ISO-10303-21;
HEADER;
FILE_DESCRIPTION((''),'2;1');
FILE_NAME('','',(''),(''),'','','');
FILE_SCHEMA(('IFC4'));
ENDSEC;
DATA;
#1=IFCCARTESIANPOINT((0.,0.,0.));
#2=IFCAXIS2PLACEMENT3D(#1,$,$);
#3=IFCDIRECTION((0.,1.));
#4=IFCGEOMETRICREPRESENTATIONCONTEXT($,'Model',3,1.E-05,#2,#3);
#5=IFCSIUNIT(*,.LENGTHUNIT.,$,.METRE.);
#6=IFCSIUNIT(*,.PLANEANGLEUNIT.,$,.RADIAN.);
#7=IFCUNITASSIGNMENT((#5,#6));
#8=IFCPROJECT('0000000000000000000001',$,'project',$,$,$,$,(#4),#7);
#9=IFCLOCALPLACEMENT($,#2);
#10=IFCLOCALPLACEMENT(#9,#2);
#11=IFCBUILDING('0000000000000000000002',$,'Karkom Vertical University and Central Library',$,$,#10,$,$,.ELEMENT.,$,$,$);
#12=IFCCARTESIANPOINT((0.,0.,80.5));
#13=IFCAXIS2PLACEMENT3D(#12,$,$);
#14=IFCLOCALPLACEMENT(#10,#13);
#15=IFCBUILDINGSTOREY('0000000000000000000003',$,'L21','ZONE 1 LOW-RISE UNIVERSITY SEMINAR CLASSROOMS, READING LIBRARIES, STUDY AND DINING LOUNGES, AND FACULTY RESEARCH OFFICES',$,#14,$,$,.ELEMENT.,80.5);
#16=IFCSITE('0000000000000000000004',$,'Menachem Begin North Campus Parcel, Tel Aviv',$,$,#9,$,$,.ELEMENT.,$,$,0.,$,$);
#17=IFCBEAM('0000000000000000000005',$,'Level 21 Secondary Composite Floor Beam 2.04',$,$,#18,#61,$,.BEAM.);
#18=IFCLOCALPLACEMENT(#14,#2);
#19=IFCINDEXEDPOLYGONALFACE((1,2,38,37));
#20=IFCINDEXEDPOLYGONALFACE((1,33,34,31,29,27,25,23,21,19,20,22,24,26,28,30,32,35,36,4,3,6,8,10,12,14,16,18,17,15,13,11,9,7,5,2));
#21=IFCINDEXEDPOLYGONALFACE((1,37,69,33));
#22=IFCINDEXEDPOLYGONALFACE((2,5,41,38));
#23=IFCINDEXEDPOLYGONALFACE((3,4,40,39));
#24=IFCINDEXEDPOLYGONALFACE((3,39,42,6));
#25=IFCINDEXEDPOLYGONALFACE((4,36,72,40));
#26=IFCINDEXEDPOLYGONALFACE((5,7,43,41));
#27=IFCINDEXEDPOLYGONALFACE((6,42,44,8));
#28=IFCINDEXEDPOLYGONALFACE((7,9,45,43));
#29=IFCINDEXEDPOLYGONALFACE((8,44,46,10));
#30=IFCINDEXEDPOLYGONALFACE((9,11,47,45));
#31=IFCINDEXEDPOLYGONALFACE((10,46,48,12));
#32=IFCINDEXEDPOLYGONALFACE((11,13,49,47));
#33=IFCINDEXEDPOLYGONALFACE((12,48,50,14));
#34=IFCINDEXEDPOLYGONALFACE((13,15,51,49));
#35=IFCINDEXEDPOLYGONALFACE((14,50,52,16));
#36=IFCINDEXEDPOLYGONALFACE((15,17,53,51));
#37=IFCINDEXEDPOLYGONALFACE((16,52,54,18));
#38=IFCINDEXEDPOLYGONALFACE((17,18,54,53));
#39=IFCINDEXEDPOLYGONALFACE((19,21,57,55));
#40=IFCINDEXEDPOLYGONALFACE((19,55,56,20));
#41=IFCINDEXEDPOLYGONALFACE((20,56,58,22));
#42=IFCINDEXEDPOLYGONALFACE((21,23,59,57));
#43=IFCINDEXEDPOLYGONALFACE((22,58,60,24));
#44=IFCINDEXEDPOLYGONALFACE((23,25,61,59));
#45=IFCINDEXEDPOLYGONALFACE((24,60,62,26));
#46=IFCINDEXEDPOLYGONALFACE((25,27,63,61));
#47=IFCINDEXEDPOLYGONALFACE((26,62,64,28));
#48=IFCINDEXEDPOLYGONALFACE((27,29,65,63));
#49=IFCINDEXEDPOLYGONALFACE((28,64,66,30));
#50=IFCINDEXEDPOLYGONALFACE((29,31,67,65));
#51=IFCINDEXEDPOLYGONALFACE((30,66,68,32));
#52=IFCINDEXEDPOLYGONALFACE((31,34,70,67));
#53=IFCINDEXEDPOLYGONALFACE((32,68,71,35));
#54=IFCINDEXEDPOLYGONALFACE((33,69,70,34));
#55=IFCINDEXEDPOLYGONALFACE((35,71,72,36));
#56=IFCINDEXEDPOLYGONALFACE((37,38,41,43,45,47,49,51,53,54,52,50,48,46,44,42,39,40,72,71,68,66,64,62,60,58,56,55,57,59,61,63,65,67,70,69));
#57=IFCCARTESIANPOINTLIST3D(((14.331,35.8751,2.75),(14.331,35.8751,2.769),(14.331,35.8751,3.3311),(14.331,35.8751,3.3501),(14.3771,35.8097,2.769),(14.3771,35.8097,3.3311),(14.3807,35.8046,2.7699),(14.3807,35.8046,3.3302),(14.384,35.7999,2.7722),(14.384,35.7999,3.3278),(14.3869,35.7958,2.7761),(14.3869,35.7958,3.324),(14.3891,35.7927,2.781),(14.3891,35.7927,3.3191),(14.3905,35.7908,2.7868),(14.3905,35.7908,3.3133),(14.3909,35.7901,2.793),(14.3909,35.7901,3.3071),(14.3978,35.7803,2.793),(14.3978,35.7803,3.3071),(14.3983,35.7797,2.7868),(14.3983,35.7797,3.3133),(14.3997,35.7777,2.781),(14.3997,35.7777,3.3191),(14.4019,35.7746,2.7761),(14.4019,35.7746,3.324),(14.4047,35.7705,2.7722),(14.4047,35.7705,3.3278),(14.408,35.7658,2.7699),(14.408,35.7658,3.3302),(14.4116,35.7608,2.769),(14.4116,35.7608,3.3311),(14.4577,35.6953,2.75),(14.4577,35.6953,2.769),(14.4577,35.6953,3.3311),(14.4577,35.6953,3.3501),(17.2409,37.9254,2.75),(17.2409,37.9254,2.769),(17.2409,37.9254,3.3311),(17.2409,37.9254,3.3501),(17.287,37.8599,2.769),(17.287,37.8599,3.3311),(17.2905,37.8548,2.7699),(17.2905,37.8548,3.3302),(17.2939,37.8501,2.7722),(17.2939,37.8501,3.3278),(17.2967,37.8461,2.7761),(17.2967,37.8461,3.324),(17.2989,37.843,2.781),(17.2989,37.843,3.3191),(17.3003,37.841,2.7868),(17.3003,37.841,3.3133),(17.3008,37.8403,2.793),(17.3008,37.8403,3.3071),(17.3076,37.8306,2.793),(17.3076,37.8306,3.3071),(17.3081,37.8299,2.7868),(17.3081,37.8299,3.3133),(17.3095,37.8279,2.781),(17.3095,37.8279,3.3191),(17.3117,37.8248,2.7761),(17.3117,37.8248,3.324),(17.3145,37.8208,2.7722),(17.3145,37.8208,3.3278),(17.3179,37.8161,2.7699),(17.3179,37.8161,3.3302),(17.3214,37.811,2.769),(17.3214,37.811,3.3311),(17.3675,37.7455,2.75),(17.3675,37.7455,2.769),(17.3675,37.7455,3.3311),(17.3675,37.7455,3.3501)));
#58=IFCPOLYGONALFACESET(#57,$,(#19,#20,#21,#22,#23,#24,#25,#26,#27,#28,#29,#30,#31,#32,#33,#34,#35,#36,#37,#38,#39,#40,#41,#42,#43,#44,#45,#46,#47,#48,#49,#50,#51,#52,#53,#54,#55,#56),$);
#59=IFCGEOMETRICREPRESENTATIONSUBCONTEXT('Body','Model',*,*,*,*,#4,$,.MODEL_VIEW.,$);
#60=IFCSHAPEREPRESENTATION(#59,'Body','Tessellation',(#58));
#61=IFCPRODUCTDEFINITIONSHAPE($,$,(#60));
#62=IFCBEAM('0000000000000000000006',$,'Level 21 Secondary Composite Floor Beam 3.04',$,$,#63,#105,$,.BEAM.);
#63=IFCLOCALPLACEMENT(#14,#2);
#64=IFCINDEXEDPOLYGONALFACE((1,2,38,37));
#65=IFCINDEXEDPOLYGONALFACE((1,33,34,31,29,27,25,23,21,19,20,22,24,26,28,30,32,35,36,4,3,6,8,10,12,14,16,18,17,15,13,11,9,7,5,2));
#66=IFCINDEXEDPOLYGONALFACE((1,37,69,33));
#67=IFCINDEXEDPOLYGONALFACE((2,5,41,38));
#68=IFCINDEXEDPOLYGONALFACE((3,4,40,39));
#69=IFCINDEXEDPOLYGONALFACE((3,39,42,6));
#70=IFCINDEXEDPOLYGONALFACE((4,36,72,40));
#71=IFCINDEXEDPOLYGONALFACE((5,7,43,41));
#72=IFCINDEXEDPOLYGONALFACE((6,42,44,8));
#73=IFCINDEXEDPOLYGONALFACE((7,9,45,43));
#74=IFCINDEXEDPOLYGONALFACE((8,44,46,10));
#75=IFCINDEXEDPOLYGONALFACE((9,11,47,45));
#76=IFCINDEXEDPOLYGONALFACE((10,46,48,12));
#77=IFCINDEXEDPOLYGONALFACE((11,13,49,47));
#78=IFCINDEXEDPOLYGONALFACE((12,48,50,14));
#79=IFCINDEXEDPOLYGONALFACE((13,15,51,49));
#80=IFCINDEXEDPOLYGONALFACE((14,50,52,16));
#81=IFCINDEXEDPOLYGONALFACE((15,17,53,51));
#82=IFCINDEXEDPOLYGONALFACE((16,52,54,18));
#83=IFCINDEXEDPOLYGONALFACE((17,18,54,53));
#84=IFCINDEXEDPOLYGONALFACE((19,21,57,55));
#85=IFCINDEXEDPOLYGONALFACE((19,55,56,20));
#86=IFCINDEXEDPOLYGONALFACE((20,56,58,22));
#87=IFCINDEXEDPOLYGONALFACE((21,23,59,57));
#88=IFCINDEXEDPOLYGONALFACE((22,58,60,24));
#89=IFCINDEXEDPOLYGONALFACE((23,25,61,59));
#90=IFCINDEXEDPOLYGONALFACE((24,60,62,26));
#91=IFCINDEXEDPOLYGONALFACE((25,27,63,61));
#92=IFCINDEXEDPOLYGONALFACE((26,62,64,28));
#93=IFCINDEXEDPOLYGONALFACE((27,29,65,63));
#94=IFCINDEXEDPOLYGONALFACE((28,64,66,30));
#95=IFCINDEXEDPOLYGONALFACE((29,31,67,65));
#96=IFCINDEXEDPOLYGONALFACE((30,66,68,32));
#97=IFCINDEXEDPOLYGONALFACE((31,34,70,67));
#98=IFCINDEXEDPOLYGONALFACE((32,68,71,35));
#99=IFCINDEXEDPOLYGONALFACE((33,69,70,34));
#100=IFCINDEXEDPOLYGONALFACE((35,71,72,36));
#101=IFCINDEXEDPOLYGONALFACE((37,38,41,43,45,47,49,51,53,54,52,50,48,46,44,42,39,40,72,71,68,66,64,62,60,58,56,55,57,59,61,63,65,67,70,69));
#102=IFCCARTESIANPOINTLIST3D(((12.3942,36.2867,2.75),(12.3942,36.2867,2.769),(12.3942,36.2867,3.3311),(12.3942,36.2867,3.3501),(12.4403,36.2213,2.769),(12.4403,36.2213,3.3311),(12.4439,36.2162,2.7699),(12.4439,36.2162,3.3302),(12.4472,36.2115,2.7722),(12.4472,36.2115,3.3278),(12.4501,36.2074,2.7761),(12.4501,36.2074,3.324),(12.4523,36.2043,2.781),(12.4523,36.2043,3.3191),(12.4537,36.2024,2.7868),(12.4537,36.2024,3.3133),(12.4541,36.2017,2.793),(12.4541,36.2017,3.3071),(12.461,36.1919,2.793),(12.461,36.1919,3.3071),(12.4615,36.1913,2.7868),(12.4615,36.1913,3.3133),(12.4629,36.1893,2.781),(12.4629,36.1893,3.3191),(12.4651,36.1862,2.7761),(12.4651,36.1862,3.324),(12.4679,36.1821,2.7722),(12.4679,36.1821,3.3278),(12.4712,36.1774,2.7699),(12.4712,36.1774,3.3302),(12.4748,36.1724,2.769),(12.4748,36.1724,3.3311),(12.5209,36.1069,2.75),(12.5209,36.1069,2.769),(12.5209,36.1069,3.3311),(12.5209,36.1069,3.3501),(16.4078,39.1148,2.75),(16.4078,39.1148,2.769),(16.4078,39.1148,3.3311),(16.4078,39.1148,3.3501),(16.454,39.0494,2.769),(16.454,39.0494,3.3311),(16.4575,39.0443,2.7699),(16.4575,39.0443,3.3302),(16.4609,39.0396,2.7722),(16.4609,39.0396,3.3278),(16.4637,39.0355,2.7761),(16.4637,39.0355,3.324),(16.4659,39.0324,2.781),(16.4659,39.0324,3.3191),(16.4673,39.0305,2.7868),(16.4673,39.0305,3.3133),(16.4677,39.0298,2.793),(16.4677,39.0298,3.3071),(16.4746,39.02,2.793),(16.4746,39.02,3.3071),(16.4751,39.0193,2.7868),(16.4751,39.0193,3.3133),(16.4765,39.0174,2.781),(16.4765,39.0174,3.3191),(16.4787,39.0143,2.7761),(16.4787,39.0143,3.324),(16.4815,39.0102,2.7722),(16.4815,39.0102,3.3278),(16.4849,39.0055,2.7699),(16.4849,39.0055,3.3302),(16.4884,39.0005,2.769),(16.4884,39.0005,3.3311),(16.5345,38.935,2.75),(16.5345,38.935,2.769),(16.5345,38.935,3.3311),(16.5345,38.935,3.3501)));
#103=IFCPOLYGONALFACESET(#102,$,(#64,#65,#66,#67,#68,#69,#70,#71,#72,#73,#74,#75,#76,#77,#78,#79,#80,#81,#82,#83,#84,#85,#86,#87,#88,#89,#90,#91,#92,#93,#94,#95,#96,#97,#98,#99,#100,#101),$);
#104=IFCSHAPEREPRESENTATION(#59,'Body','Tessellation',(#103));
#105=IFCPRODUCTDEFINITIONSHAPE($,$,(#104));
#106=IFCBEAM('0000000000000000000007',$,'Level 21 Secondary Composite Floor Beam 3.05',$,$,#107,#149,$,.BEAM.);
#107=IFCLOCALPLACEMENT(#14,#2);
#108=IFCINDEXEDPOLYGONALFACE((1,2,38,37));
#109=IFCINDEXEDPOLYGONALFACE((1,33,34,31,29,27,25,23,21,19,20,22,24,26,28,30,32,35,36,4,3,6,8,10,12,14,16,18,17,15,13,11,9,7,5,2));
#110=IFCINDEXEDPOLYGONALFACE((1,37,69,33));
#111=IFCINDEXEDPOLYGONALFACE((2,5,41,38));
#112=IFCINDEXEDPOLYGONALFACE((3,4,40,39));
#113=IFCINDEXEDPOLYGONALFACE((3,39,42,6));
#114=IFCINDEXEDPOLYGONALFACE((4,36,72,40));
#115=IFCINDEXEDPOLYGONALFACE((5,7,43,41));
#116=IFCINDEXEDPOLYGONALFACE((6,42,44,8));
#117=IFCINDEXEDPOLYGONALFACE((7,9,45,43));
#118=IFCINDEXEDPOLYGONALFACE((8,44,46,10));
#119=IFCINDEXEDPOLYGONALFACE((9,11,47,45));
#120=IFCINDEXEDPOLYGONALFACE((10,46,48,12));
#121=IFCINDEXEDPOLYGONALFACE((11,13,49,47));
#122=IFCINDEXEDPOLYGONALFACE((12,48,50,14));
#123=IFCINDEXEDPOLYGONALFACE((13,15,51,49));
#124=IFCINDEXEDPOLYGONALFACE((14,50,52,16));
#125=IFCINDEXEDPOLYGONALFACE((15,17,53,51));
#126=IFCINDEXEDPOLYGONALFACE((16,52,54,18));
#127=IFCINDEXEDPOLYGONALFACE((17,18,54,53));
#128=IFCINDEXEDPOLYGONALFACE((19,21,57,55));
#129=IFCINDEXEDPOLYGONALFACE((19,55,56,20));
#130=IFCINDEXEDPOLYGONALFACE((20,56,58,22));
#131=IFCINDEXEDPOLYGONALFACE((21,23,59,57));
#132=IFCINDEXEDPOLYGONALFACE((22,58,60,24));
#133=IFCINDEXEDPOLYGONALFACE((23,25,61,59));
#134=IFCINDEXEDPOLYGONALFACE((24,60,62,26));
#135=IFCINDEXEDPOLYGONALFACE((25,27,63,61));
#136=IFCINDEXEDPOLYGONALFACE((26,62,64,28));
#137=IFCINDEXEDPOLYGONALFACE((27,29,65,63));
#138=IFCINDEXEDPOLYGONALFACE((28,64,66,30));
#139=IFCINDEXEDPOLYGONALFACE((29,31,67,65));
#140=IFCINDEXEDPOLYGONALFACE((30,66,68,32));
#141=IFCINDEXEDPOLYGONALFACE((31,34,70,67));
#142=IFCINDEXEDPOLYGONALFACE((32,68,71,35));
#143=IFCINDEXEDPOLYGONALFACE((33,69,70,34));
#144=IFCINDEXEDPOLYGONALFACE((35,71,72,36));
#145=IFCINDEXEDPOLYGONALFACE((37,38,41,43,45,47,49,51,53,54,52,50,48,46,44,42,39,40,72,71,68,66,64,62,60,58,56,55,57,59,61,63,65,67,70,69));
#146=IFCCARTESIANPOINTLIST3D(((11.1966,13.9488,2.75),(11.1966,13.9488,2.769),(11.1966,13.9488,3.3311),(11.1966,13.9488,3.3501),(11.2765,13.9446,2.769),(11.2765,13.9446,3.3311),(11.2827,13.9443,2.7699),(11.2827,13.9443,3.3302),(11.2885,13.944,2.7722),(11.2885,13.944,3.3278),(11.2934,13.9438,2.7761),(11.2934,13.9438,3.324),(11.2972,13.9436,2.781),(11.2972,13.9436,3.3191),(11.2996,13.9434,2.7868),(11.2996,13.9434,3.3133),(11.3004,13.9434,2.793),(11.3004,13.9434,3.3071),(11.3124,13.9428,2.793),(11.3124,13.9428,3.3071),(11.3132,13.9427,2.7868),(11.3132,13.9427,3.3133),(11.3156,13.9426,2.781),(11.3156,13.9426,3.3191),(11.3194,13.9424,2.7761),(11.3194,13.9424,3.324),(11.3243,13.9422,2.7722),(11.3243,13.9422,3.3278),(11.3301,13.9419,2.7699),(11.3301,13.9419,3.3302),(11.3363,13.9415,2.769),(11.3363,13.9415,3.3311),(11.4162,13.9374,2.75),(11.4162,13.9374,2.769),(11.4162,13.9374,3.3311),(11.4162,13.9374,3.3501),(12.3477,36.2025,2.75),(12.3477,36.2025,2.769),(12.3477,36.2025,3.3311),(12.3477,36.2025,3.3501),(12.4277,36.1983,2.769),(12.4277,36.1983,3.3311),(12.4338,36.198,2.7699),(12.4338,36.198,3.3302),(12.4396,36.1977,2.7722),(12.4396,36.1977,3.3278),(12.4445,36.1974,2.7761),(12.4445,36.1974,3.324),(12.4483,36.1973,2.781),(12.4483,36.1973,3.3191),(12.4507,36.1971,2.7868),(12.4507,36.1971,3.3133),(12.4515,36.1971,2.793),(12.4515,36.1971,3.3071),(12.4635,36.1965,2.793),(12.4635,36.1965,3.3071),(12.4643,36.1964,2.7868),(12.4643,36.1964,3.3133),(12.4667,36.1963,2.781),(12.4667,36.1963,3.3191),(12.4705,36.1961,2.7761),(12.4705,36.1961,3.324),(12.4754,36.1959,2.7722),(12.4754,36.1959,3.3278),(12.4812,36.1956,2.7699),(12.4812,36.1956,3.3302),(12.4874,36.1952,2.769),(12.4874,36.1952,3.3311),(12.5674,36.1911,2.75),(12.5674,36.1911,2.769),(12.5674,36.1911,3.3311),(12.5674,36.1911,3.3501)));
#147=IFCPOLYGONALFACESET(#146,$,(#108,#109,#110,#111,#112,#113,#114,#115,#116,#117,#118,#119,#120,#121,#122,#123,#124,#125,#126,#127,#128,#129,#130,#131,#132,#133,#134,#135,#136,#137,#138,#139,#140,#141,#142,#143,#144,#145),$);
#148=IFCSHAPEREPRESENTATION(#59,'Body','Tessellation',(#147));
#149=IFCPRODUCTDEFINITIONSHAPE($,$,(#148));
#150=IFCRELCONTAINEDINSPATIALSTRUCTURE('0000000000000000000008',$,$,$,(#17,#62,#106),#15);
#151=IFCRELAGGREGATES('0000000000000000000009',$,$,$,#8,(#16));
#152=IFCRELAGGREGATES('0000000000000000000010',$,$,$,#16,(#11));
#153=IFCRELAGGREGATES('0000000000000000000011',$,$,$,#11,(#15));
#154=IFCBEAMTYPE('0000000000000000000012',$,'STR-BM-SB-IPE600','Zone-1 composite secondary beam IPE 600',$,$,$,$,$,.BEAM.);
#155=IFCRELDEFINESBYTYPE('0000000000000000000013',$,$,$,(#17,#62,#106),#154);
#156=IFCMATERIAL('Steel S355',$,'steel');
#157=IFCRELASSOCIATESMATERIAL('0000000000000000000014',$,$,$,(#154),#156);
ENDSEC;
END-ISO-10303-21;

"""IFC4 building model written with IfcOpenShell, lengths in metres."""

from ifc_helpers import new_model, si_unit, direction, frame, origin, origin_with_axes, origin_2d, place, context, subcontext, project, spatial, i_section, extrude, source, transform, mapped, material, material_profile, profile_set, type_object, element, save


model = new_model("IFC4")

# Units and contexts
model_context = context("Model", 3, precision=1e-05, world=origin(), true_north=direction((0.0, 1.0)))
body_context = subcontext(model_context, "Body", "Model", "MODEL_VIEW")
ifc_project = project(units=[si_unit("LENGTHUNIT", "METRE"), si_unit("PLANEANGLEUNIT", "RADIAN")], contexts=[model_context])

# Site, building, storey
site_placement = place(None, origin())
site = spatial("IfcSite", under=ifc_project, at=site_placement, Name="Menachem Begin North Campus Parcel, Tel Aviv", CompositionType="ELEMENT", RefElevation=0.0)
building_placement = place(site_placement, origin())
building = spatial("IfcBuilding", under=site, at=building_placement, Name="Karkom Vertical University and Central Library", CompositionType="ELEMENT")
storey_placement = place(building_placement, frame((0.0, 0.0, 80.5)))
storey = spatial("IfcBuildingStorey", under=building, at=storey_placement, Name="L21", Description="ZONE 1 LOW-RISE UNIVERSITY SEMINAR CLASSROOMS, READING LIBRARIES, STUDY AND DINING LOUNGES, AND FACULTY RESEARCH OFFICES", CompositionType="ELEMENT", Elevation=80.5)

# Beams
ifc_material_1 = material(Name="Steel S355", Category="steel")
ifc_material_profile_1 = material_profile(ifc_material_1, i_section(OverallWidth=0.22, OverallDepth=0.6001, WebThickness=0.012, FlangeThickness=0.019, FilletRadius=0.0239, at=origin_2d()), Name="IPE 600")
ifc_profile_set_1 = profile_set([ifc_material_profile_1], Name="Steel S355")
beam_type_1 = type_object("IfcBeamType", Name="STR-BM-SB-IPE600", Description="Zone-1 composite secondary beam IPE 600", PredefinedType="BEAM", material=ifc_profile_set_1)
shared_shape_1 = source(origin_with_axes(), body_context, "Body", "SweptSolid", [
    extrude(i_section(OverallWidth=0.22, OverallDepth=0.6001, WebThickness=0.012, FlangeThickness=0.019, FilletRadius=0.0239, at=origin_2d()), origin(), (0.0, 0.0, 1.0), 3.5596),
])
beam_1_placement = place(storey_placement, frame((17.3042, 37.8354, 3.05), z_axis=(-0.817466, -0.575977, 0.0), x_axis=(0.575977, -0.817466, 0.0)))
element("IfcBeam", 1, at=beam_1_placement, inside=storey, type_object=beam_type_1, Name="Level 21 Secondary Composite Floor Beam 2.04", PredefinedType="BEAM", context=body_context, shape_type="MappedRepresentation", body=[
    mapped(shared_shape_1, transform((0.0, 0.0, 0.0), scale=1.0)),
])
shared_shape_2 = source(origin_with_axes(), body_context, "Body", "SweptSolid", [
    extrude(i_section(OverallWidth=0.22, OverallDepth=0.6001, WebThickness=0.012, FlangeThickness=0.019, FilletRadius=0.0239, at=origin_2d()), origin(), (0.0, 0.0, 1.0), 4.9099),
])
beam_2_placement = place(storey_placement, frame((16.4712, 39.0249, 3.05), z_axis=(-0.817453, -0.575996, 0.0), x_axis=(0.575996, -0.817453, 0.0)))
element("IfcBeam", 2, at=beam_2_placement, inside=storey, type_object=beam_type_1, Name="Level 21 Secondary Composite Floor Beam 3.04", PredefinedType="BEAM", context=body_context, shape_type="MappedRepresentation", body=[
    mapped(shared_shape_2, transform((0.0, 0.0, 0.0), scale=1.0)),
])
shared_shape_3 = source(origin_with_axes(), body_context, "Body", "SweptSolid", [
    extrude(i_section(OverallWidth=0.22, OverallDepth=0.6001, WebThickness=0.012, FlangeThickness=0.019, FilletRadius=0.0239, at=origin_2d()), origin(), (0.0, 0.0, 1.0), 22.2834),
])
beam_3_placement = place(storey_placement, frame((12.4575, 36.1968, 3.05), z_axis=(-0.051658, -0.998665, 0.0), x_axis=(0.998665, -0.051658, 0.0)))
element("IfcBeam", 3, at=beam_3_placement, inside=storey, type_object=beam_type_1, Name="Level 21 Secondary Composite Floor Beam 3.05", PredefinedType="BEAM", context=body_context, shape_type="MappedRepresentation", body=[
    mapped(shared_shape_3, transform((0.0, 0.0, 0.0), scale=1.0)),
])

save(model, "model.ifc")
